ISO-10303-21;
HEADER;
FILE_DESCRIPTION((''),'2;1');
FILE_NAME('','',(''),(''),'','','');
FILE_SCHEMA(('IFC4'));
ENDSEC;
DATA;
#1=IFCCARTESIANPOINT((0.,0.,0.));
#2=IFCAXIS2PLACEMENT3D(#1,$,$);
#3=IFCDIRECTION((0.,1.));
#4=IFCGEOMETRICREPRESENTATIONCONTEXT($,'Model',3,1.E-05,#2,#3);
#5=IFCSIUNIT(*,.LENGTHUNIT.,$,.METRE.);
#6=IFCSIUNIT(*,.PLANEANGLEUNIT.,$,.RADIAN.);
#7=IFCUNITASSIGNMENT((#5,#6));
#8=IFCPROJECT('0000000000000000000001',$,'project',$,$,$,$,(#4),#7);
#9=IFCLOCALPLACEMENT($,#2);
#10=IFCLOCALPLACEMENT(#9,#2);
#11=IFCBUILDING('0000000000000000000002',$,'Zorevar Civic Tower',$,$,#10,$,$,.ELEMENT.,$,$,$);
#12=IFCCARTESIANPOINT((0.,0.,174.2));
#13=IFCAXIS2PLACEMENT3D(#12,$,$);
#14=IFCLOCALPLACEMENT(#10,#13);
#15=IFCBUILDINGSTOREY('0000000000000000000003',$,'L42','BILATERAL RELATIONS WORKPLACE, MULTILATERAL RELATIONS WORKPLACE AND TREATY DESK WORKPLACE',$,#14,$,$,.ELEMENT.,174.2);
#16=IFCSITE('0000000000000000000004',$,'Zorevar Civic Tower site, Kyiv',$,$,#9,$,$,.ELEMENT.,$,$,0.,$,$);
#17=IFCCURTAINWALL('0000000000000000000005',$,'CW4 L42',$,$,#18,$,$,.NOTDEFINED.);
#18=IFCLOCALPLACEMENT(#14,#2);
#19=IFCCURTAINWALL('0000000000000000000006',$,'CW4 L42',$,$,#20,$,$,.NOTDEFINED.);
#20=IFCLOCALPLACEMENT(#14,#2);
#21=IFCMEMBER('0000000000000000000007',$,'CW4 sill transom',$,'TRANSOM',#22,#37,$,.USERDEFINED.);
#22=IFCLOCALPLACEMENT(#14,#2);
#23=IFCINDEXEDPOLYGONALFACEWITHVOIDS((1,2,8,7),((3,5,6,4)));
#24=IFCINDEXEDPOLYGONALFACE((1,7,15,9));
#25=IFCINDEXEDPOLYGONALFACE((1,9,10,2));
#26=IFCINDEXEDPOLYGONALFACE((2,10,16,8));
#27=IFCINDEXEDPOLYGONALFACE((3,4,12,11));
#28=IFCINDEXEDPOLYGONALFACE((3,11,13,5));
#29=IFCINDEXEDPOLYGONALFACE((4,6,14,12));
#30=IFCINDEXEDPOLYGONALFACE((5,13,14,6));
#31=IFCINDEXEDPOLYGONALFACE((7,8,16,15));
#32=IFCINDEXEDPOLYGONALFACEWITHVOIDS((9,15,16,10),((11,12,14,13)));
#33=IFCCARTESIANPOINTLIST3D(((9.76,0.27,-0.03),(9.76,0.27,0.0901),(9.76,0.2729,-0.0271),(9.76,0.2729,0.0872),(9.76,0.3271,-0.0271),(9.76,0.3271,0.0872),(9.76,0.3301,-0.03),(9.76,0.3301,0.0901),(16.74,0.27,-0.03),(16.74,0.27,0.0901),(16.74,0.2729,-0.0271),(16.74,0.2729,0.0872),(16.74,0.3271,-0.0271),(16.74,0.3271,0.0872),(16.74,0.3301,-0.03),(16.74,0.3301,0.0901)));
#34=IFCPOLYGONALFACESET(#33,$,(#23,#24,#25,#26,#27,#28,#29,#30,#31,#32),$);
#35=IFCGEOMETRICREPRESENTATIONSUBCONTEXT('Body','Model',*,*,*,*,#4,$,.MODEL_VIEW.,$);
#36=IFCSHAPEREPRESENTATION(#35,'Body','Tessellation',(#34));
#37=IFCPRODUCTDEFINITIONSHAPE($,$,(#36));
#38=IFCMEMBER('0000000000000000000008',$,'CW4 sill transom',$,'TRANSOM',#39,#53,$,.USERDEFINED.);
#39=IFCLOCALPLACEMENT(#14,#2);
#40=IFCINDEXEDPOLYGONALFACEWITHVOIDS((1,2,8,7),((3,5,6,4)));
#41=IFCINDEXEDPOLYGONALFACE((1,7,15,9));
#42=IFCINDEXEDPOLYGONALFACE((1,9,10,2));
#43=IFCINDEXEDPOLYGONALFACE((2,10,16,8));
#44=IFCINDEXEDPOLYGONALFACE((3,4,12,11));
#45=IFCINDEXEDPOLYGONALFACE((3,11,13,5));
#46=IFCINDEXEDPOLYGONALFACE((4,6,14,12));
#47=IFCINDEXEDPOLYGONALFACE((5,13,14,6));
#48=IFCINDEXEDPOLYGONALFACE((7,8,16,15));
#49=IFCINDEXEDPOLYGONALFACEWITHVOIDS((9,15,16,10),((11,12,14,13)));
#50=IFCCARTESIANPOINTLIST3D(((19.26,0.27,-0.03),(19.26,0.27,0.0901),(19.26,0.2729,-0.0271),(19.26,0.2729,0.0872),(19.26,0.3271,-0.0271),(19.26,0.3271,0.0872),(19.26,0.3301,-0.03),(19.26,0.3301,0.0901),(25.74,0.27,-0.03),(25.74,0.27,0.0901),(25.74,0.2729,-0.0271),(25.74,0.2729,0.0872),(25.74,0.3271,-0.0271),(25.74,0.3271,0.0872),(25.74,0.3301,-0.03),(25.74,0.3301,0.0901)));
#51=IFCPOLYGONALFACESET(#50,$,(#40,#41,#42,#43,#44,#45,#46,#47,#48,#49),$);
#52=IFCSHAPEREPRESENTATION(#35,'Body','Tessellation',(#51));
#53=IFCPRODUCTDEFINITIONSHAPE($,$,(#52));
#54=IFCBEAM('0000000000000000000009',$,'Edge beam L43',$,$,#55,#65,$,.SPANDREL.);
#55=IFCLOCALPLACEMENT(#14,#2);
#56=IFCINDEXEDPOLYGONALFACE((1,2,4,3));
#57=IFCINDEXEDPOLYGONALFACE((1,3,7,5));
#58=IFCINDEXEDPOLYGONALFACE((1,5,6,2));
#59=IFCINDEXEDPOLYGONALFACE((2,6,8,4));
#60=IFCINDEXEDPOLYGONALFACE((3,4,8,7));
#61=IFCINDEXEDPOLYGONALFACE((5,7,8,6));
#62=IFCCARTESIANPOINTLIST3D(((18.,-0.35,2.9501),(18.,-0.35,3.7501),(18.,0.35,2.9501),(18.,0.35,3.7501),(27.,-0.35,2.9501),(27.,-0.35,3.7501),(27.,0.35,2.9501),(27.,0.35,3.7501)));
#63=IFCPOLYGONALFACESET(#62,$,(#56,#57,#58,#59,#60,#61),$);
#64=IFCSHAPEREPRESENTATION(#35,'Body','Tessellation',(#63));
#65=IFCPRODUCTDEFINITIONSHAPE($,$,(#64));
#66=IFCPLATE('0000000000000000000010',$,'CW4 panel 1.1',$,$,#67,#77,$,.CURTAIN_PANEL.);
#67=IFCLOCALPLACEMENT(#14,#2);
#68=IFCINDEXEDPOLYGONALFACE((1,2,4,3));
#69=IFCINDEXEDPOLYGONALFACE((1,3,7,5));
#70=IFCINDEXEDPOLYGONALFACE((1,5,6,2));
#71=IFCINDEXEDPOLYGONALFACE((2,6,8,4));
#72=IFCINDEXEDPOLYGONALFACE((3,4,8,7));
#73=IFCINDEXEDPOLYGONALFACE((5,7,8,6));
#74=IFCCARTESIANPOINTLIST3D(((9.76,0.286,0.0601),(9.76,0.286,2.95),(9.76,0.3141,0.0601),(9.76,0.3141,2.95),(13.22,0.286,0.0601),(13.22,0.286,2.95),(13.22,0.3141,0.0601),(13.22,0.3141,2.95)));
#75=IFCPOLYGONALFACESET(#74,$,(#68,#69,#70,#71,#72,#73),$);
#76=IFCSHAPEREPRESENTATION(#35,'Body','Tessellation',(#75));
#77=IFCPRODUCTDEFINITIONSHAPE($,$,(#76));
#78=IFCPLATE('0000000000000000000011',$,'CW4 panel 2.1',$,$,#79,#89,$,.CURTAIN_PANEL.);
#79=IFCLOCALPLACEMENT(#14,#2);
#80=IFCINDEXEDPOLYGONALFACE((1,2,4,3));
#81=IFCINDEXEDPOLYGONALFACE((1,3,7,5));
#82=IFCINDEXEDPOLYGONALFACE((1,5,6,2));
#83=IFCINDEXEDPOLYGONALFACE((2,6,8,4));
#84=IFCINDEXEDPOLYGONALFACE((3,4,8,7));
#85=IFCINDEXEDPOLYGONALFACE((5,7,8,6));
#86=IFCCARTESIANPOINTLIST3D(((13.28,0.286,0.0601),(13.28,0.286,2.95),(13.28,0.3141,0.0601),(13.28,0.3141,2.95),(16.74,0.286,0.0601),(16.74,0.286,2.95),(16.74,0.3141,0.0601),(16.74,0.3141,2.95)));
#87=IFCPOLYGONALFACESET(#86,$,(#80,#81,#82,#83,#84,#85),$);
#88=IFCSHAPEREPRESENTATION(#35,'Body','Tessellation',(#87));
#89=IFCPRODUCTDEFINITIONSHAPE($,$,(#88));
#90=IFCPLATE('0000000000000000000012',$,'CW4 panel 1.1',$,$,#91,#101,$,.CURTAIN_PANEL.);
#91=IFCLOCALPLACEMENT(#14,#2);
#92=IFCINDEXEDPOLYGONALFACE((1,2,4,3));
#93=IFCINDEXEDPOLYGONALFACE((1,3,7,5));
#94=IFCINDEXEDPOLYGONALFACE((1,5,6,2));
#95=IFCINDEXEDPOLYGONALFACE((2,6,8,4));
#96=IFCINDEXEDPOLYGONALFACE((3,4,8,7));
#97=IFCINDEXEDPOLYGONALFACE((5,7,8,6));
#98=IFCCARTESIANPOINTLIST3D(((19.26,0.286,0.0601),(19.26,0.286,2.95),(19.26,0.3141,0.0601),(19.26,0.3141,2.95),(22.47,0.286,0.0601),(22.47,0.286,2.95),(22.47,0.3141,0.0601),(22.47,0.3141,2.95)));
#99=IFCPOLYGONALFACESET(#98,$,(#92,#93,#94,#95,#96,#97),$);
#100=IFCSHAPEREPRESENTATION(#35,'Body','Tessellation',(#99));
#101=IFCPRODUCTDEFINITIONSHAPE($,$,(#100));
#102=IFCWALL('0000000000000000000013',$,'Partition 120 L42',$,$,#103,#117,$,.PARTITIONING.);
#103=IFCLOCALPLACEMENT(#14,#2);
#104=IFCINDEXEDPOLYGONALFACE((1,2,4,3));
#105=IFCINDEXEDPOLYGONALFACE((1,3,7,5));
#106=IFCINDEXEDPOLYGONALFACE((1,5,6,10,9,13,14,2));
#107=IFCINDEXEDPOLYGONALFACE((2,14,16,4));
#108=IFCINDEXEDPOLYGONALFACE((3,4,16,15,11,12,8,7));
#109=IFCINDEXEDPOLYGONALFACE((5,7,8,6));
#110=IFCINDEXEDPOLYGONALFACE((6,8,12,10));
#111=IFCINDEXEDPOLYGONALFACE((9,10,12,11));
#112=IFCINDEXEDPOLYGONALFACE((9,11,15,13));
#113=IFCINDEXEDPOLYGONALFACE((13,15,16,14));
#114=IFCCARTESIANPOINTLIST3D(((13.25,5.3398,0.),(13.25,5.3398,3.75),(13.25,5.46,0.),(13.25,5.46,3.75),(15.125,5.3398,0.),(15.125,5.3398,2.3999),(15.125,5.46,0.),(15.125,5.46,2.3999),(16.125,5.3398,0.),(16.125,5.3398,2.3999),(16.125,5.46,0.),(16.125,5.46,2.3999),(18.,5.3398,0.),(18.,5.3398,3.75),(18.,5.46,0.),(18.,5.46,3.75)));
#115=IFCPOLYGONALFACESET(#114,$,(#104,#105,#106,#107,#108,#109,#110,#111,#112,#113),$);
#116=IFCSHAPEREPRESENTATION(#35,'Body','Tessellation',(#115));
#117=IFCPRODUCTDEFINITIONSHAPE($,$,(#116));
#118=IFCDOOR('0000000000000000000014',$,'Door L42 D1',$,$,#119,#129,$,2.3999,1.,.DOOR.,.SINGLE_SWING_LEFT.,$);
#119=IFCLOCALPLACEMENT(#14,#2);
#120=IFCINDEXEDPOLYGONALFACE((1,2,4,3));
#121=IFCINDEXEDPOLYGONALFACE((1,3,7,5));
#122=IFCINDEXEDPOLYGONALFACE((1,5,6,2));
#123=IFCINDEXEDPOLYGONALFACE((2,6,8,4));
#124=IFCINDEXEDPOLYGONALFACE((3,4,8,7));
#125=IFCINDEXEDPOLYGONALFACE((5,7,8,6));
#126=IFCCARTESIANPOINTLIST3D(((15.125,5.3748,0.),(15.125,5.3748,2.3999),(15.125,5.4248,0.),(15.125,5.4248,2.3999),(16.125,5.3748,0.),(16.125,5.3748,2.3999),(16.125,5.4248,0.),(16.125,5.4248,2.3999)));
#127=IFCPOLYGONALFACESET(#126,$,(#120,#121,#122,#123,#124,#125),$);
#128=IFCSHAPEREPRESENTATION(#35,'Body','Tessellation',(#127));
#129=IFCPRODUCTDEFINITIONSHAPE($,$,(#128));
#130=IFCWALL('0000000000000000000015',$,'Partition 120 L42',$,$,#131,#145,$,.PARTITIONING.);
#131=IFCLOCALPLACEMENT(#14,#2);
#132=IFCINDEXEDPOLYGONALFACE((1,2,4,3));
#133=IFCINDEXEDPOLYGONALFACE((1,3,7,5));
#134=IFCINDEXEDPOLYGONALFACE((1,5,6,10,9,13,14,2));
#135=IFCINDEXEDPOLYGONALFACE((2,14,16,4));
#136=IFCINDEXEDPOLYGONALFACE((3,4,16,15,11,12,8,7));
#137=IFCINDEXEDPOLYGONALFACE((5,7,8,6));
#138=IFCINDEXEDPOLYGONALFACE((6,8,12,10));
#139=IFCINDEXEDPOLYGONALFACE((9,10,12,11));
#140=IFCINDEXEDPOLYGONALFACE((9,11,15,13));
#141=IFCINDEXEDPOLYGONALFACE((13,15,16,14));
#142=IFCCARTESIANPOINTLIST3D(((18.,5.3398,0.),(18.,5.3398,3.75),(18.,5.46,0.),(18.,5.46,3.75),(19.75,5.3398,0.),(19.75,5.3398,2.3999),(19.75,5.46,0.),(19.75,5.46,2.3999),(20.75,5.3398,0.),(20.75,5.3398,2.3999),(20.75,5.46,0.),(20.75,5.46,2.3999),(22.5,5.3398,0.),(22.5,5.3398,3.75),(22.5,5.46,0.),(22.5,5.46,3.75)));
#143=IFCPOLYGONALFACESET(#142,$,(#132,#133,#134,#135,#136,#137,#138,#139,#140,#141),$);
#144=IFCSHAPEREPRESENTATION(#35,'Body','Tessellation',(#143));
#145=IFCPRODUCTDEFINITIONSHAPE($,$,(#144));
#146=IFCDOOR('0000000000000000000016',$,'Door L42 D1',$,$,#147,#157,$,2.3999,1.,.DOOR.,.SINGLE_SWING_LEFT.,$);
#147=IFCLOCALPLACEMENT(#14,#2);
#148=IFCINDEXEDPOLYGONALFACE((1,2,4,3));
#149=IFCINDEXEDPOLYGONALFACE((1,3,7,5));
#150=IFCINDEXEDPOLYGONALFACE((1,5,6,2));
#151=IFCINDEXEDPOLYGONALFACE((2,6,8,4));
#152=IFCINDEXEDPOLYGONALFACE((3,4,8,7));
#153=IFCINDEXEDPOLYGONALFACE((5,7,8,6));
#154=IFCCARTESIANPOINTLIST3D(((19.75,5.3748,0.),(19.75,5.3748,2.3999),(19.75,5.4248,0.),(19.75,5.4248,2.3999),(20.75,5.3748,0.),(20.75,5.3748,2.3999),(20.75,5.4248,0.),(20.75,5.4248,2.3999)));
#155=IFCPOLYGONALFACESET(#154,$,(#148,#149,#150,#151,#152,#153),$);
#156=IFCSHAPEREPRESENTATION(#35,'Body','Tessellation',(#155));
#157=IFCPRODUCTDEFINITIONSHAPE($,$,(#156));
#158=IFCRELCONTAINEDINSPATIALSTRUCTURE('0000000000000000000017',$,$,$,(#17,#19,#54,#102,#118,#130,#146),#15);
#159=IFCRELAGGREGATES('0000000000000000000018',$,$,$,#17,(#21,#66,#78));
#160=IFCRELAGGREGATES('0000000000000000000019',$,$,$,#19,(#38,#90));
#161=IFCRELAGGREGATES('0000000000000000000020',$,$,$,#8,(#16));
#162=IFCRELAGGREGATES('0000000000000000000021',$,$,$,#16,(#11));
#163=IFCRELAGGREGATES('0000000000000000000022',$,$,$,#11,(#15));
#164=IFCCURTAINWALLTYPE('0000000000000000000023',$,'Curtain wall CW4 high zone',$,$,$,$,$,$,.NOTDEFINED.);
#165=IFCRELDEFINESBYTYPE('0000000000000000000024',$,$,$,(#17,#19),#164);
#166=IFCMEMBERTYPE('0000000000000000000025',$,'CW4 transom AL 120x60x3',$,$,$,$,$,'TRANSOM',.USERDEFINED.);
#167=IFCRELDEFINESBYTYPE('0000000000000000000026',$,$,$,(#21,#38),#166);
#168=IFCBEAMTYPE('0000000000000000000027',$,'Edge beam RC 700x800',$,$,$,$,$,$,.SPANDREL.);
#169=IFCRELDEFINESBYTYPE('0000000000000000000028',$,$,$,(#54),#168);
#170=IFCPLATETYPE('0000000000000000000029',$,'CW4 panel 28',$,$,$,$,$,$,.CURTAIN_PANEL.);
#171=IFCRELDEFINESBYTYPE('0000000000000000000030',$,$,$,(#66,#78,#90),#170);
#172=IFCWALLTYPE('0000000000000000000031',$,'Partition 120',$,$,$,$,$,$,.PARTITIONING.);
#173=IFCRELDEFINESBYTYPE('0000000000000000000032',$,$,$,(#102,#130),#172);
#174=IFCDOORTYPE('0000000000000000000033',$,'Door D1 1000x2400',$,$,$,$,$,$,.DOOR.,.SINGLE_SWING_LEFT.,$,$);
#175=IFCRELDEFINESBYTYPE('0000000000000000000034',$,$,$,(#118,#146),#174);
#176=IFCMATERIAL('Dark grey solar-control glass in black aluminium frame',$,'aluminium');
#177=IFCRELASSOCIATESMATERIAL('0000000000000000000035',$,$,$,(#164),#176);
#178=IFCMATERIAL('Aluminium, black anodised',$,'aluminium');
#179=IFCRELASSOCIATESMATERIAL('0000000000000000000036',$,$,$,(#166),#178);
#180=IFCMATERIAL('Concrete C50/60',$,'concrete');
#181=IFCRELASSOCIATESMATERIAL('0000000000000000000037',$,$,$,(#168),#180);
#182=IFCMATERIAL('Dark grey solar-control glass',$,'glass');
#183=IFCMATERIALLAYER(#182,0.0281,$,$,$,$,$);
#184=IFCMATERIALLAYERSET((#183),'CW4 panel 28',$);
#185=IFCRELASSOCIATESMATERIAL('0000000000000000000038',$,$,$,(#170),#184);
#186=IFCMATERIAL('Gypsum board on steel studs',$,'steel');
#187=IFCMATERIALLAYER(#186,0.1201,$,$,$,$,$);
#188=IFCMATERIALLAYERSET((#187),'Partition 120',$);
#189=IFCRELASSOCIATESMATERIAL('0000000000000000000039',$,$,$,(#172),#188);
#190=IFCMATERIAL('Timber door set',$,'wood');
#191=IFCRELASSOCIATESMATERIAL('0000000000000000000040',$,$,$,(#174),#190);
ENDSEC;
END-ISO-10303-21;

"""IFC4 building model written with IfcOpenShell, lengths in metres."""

from ifc_helpers import new_model, si_unit, direction, frame, frame_2d, origin, origin_2d, place, context, subcontext, project, spatial, rectangle, hollow_rectangle, extrude, material, layer, layer_set, material_profile, profile_set, type_object, element, fill, aggregate, save


model = new_model("IFC4")

# Units and contexts
model_context = context("Model", 3, precision=1e-05, world=origin(), true_north=direction((0.0, 1.0)))
body_context = subcontext(model_context, "Body", "Model", "MODEL_VIEW")
ifc_project = project(units=[si_unit("LENGTHUNIT", "METRE"), si_unit("PLANEANGLEUNIT", "RADIAN")], contexts=[model_context])

# Site, building, storey
site_placement = place(None, origin())
site = spatial("IfcSite", under=ifc_project, at=site_placement, Name="Zorevar Civic Tower site, Kyiv", CompositionType="ELEMENT", RefElevation=0.0)
building_placement = place(site_placement, origin())
building = spatial("IfcBuilding", under=site, at=building_placement, Name="Zorevar Civic Tower", CompositionType="ELEMENT")
storey_placement = place(building_placement, frame((0.0, 0.0, 174.2)))
storey = spatial("IfcBuildingStorey", under=building, at=storey_placement, Name="L42", Description="BILATERAL RELATIONS WORKPLACE, MULTILATERAL RELATIONS WORKPLACE AND TREATY DESK WORKPLACE", CompositionType="ELEMENT", Elevation=174.2)

# Curtain walls
ifc_material_1 = material(Name="Dark grey solar-control glass in black aluminium frame", Category="aluminium")
curtain_wall_type = type_object("IfcCurtainWallType", Name="Curtain wall CW4 high zone", PredefinedType="NOTDEFINED", material=ifc_material_1)
curtain_wall_1_placement = place(storey_placement, origin())
curtain_wall_1 = element("IfcCurtainWall", 1, at=curtain_wall_1_placement, inside=storey, type_object=curtain_wall_type, Name="CW4 L42", PredefinedType="NOTDEFINED")
curtain_wall_2_placement = place(storey_placement, origin())
curtain_wall_2 = element("IfcCurtainWall", 2, at=curtain_wall_2_placement, inside=storey, type_object=curtain_wall_type, Name="CW4 L42", PredefinedType="NOTDEFINED")

# Members
ifc_material_2 = material(Name="Aluminium, black anodised", Category="aluminium")
ifc_material_profile_1 = material_profile(ifc_material_2, hollow_rectangle(XDim=0.0601, YDim=0.1201, WallThickness=0.0029, at=origin_2d()), Name="AL 120x60x3")
ifc_profile_set_1 = profile_set([ifc_material_profile_1], Name="Aluminium, black anodised")
member_type_1 = type_object("IfcMemberType", Name="CW4 transom AL 120x60x3", ElementType="TRANSOM", PredefinedType="USERDEFINED", material=ifc_profile_set_1)
member_1_placement = place(storey_placement, frame((9.76, 0.3, 0.03), z_axis=(1.0, 0.0, 0.0), x_axis=(0.0, 1.0, 0.0)))
member_1 = element("IfcMember", 3, at=member_1_placement, type_object=member_type_1, Name="CW4 sill transom", ObjectType="TRANSOM", PredefinedType="USERDEFINED", context=body_context, shape_type="SweptSolid", body=[
    extrude(hollow_rectangle(XDim=0.0601, YDim=0.1201, WallThickness=0.0029, at=origin_2d()), origin(), (0.0, 0.0, 1.0), 6.98),
])
member_2_placement = place(storey_placement, frame((19.26, 0.3, 0.03), z_axis=(1.0, 0.0, 0.0), x_axis=(0.0, 1.0, 0.0)))
member_2 = element("IfcMember", 4, at=member_2_placement, type_object=member_type_1, Name="CW4 sill transom", ObjectType="TRANSOM", PredefinedType="USERDEFINED", context=body_context, shape_type="SweptSolid", body=[
    extrude(hollow_rectangle(XDim=0.0601, YDim=0.1201, WallThickness=0.0029, at=origin_2d()), origin(), (0.0, 0.0, 1.0), 6.48),
])

# Beam
ifc_material_3 = material(Name="Concrete C50/60", Category="concrete")
ifc_material_profile_2 = material_profile(ifc_material_3, rectangle(XDim=0.7, YDim=0.8, at=origin_2d()), Name="RC 700x800")
ifc_profile_set_2 = profile_set([ifc_material_profile_2], Name="Concrete C50/60")
beam_type_1 = type_object("IfcBeamType", Name="Edge beam RC 700x800", PredefinedType="SPANDREL", material=ifc_profile_set_2)
beam_1_placement = place(storey_placement, frame((18.0, 0.0, 3.3501), z_axis=(1.0, 0.0, 0.0), x_axis=(0.0, 1.0, 0.0)))
element("IfcBeam", 5, at=beam_1_placement, inside=storey, type_object=beam_type_1, Name="Edge beam L43", PredefinedType="SPANDREL", context=body_context, shape_type="SweptSolid", body=[
    extrude(rectangle(XDim=0.7, YDim=0.8, at=origin_2d()), origin(), (0.0, 0.0, 1.0), 9.0),
])

# Plates
ifc_material_4 = material(Name="Dark grey solar-control glass", Category="glass")
ifc_layer_1 = layer(ifc_material_4, 0.0281)
ifc_layer_set_1 = layer_set([ifc_layer_1], Name="CW4 panel 28")
plate_type = type_object("IfcPlateType", Name="CW4 panel 28", PredefinedType="CURTAIN_PANEL", material=ifc_layer_set_1)
plate_1_placement = place(storey_placement, frame((11.49, 0.3, 0.0601), z_axis=(0.0, 0.0, 1.0), x_axis=(1.0, 0.0, 0.0)))
plate_1 = element("IfcPlate", 6, at=plate_1_placement, type_object=plate_type, Name="CW4 panel 1.1", PredefinedType="CURTAIN_PANEL", context=body_context, shape_type="SweptSolid", body=[
    extrude(rectangle(XDim=3.46, YDim=0.0281, at=origin_2d()), origin(), (0.0, 0.0, 1.0), 2.8899),
])
plate_2_placement = place(storey_placement, frame((15.01, 0.3, 0.0601), z_axis=(0.0, 0.0, 1.0), x_axis=(1.0, 0.0, 0.0)))
plate_2 = element("IfcPlate", 7, at=plate_2_placement, type_object=plate_type, Name="CW4 panel 2.1", PredefinedType="CURTAIN_PANEL", context=body_context, shape_type="SweptSolid", body=[
    extrude(rectangle(XDim=3.46, YDim=0.0281, at=origin_2d()), origin(), (0.0, 0.0, 1.0), 2.8899),
])
aggregate(curtain_wall_1, [member_1, plate_1, plate_2])
plate_3_placement = place(storey_placement, frame((20.865, 0.3, 0.0601), z_axis=(0.0, 0.0, 1.0), x_axis=(1.0, 0.0, 0.0)))
plate_3 = element("IfcPlate", 8, at=plate_3_placement, type_object=plate_type, Name="CW4 panel 1.1", PredefinedType="CURTAIN_PANEL", context=body_context, shape_type="SweptSolid", body=[
    extrude(rectangle(XDim=3.21, YDim=0.0281, at=origin_2d()), origin(), (0.0, 0.0, 1.0), 2.8899),
])
aggregate(curtain_wall_2, [member_2, plate_3])

# Walls, openings, doors
ifc_material_5 = material(Name="Gypsum board on steel studs", Category="steel")
ifc_layer_2 = layer(ifc_material_5, 0.1201)
ifc_layer_set_2 = layer_set([ifc_layer_2], Name="Partition 120")
wall_type = type_object("IfcWallType", Name="Partition 120", PredefinedType="PARTITIONING", material=ifc_layer_set_2)
wall_1_placement = place(storey_placement, frame((13.25, 5.3999, 0.0), z_axis=(0.0, 0.0, 1.0), x_axis=(1.0, 0.0, 0.0)))
wall_1 = element("IfcWall", 9, at=wall_1_placement, inside=storey, type_object=wall_type, Name="Partition 120 L42", PredefinedType="PARTITIONING", context=body_context, shape_type="SweptSolid", body=[
    extrude(rectangle(XDim=4.75, YDim=0.1201, at=frame_2d((2.375, 0.0))), origin(), (0.0, 0.0, 1.0), 3.75),
])
opening_1_placement = place(wall_1_placement, frame((1.875, 0.0, 0.0)))
opening_1 = element("IfcOpeningElement", 10, at=opening_1_placement, cuts=wall_1, PredefinedType="OPENING", context=body_context, shape_type="SweptSolid", body=[
    extrude(rectangle(XDim=1.0, YDim=2.3999, at=frame_2d((0.5, 1.2))), frame((0.0, 0.0701, 0.0), z_axis=(0.0, -1.0, 0.0), x_axis=(1.0, 0.0, 0.0)), (0.0, 0.0, 1.0), 0.1401),
])
ifc_material_6 = material(Name="Timber door set", Category="wood")
door_type = type_object("IfcDoorType", Name="Door D1 1000x2400", OperationType="SINGLE_SWING_LEFT", PredefinedType="DOOR", material=ifc_material_6)
door_1_placement = place(opening_1_placement, origin())
door_1 = element("IfcDoor", 11, at=door_1_placement, inside=storey, type_object=door_type, Name="Door L42 D1", OperationType="SINGLE_SWING_LEFT", OverallHeight=2.3999, OverallWidth=1.0, PredefinedType="DOOR", context=body_context, shape_type="SweptSolid", body=[
    extrude(rectangle(XDim=1.0, YDim=2.3999, at=frame_2d((0.5, 1.2))), frame((0.0, 0.0249, 0.0), z_axis=(0.0, -1.0, 0.0), x_axis=(1.0, 0.0, 0.0)), (0.0, 0.0, 1.0), 0.05),
])
fill(opening_1, door_1)
wall_2_placement = place(storey_placement, frame((18.0, 5.3999, 0.0), z_axis=(0.0, 0.0, 1.0), x_axis=(1.0, 0.0, 0.0)))
wall_2 = element("IfcWall", 12, at=wall_2_placement, inside=storey, type_object=wall_type, Name="Partition 120 L42", PredefinedType="PARTITIONING", context=body_context, shape_type="SweptSolid", body=[
    extrude(rectangle(XDim=4.5, YDim=0.1201, at=frame_2d((2.25, 0.0))), origin(), (0.0, 0.0, 1.0), 3.75),
])
opening_2_placement = place(wall_2_placement, frame((1.75, 0.0, 0.0)))
opening_2 = element("IfcOpeningElement", 13, at=opening_2_placement, cuts=wall_2, PredefinedType="OPENING", context=body_context, shape_type="SweptSolid", body=[
    extrude(rectangle(XDim=1.0, YDim=2.3999, at=frame_2d((0.5, 1.2))), frame((0.0, 0.0701, 0.0), z_axis=(0.0, -1.0, 0.0), x_axis=(1.0, 0.0, 0.0)), (0.0, 0.0, 1.0), 0.1401),
])
door_2_placement = place(opening_2_placement, origin())
door_2 = element("IfcDoor", 14, at=door_2_placement, inside=storey, type_object=door_type, Name="Door L42 D1", OperationType="SINGLE_SWING_LEFT", OverallHeight=2.3999, OverallWidth=1.0, PredefinedType="DOOR", context=body_context, shape_type="SweptSolid", body=[
    extrude(rectangle(XDim=1.0, YDim=2.3999, at=frame_2d((0.5, 1.2))), frame((0.0, 0.0249, 0.0), z_axis=(0.0, -1.0, 0.0), x_axis=(1.0, 0.0, 0.0)), (0.0, 0.0, 1.0), 0.05),
])
fill(opening_2, door_2)

save(model, "model.ifc")
